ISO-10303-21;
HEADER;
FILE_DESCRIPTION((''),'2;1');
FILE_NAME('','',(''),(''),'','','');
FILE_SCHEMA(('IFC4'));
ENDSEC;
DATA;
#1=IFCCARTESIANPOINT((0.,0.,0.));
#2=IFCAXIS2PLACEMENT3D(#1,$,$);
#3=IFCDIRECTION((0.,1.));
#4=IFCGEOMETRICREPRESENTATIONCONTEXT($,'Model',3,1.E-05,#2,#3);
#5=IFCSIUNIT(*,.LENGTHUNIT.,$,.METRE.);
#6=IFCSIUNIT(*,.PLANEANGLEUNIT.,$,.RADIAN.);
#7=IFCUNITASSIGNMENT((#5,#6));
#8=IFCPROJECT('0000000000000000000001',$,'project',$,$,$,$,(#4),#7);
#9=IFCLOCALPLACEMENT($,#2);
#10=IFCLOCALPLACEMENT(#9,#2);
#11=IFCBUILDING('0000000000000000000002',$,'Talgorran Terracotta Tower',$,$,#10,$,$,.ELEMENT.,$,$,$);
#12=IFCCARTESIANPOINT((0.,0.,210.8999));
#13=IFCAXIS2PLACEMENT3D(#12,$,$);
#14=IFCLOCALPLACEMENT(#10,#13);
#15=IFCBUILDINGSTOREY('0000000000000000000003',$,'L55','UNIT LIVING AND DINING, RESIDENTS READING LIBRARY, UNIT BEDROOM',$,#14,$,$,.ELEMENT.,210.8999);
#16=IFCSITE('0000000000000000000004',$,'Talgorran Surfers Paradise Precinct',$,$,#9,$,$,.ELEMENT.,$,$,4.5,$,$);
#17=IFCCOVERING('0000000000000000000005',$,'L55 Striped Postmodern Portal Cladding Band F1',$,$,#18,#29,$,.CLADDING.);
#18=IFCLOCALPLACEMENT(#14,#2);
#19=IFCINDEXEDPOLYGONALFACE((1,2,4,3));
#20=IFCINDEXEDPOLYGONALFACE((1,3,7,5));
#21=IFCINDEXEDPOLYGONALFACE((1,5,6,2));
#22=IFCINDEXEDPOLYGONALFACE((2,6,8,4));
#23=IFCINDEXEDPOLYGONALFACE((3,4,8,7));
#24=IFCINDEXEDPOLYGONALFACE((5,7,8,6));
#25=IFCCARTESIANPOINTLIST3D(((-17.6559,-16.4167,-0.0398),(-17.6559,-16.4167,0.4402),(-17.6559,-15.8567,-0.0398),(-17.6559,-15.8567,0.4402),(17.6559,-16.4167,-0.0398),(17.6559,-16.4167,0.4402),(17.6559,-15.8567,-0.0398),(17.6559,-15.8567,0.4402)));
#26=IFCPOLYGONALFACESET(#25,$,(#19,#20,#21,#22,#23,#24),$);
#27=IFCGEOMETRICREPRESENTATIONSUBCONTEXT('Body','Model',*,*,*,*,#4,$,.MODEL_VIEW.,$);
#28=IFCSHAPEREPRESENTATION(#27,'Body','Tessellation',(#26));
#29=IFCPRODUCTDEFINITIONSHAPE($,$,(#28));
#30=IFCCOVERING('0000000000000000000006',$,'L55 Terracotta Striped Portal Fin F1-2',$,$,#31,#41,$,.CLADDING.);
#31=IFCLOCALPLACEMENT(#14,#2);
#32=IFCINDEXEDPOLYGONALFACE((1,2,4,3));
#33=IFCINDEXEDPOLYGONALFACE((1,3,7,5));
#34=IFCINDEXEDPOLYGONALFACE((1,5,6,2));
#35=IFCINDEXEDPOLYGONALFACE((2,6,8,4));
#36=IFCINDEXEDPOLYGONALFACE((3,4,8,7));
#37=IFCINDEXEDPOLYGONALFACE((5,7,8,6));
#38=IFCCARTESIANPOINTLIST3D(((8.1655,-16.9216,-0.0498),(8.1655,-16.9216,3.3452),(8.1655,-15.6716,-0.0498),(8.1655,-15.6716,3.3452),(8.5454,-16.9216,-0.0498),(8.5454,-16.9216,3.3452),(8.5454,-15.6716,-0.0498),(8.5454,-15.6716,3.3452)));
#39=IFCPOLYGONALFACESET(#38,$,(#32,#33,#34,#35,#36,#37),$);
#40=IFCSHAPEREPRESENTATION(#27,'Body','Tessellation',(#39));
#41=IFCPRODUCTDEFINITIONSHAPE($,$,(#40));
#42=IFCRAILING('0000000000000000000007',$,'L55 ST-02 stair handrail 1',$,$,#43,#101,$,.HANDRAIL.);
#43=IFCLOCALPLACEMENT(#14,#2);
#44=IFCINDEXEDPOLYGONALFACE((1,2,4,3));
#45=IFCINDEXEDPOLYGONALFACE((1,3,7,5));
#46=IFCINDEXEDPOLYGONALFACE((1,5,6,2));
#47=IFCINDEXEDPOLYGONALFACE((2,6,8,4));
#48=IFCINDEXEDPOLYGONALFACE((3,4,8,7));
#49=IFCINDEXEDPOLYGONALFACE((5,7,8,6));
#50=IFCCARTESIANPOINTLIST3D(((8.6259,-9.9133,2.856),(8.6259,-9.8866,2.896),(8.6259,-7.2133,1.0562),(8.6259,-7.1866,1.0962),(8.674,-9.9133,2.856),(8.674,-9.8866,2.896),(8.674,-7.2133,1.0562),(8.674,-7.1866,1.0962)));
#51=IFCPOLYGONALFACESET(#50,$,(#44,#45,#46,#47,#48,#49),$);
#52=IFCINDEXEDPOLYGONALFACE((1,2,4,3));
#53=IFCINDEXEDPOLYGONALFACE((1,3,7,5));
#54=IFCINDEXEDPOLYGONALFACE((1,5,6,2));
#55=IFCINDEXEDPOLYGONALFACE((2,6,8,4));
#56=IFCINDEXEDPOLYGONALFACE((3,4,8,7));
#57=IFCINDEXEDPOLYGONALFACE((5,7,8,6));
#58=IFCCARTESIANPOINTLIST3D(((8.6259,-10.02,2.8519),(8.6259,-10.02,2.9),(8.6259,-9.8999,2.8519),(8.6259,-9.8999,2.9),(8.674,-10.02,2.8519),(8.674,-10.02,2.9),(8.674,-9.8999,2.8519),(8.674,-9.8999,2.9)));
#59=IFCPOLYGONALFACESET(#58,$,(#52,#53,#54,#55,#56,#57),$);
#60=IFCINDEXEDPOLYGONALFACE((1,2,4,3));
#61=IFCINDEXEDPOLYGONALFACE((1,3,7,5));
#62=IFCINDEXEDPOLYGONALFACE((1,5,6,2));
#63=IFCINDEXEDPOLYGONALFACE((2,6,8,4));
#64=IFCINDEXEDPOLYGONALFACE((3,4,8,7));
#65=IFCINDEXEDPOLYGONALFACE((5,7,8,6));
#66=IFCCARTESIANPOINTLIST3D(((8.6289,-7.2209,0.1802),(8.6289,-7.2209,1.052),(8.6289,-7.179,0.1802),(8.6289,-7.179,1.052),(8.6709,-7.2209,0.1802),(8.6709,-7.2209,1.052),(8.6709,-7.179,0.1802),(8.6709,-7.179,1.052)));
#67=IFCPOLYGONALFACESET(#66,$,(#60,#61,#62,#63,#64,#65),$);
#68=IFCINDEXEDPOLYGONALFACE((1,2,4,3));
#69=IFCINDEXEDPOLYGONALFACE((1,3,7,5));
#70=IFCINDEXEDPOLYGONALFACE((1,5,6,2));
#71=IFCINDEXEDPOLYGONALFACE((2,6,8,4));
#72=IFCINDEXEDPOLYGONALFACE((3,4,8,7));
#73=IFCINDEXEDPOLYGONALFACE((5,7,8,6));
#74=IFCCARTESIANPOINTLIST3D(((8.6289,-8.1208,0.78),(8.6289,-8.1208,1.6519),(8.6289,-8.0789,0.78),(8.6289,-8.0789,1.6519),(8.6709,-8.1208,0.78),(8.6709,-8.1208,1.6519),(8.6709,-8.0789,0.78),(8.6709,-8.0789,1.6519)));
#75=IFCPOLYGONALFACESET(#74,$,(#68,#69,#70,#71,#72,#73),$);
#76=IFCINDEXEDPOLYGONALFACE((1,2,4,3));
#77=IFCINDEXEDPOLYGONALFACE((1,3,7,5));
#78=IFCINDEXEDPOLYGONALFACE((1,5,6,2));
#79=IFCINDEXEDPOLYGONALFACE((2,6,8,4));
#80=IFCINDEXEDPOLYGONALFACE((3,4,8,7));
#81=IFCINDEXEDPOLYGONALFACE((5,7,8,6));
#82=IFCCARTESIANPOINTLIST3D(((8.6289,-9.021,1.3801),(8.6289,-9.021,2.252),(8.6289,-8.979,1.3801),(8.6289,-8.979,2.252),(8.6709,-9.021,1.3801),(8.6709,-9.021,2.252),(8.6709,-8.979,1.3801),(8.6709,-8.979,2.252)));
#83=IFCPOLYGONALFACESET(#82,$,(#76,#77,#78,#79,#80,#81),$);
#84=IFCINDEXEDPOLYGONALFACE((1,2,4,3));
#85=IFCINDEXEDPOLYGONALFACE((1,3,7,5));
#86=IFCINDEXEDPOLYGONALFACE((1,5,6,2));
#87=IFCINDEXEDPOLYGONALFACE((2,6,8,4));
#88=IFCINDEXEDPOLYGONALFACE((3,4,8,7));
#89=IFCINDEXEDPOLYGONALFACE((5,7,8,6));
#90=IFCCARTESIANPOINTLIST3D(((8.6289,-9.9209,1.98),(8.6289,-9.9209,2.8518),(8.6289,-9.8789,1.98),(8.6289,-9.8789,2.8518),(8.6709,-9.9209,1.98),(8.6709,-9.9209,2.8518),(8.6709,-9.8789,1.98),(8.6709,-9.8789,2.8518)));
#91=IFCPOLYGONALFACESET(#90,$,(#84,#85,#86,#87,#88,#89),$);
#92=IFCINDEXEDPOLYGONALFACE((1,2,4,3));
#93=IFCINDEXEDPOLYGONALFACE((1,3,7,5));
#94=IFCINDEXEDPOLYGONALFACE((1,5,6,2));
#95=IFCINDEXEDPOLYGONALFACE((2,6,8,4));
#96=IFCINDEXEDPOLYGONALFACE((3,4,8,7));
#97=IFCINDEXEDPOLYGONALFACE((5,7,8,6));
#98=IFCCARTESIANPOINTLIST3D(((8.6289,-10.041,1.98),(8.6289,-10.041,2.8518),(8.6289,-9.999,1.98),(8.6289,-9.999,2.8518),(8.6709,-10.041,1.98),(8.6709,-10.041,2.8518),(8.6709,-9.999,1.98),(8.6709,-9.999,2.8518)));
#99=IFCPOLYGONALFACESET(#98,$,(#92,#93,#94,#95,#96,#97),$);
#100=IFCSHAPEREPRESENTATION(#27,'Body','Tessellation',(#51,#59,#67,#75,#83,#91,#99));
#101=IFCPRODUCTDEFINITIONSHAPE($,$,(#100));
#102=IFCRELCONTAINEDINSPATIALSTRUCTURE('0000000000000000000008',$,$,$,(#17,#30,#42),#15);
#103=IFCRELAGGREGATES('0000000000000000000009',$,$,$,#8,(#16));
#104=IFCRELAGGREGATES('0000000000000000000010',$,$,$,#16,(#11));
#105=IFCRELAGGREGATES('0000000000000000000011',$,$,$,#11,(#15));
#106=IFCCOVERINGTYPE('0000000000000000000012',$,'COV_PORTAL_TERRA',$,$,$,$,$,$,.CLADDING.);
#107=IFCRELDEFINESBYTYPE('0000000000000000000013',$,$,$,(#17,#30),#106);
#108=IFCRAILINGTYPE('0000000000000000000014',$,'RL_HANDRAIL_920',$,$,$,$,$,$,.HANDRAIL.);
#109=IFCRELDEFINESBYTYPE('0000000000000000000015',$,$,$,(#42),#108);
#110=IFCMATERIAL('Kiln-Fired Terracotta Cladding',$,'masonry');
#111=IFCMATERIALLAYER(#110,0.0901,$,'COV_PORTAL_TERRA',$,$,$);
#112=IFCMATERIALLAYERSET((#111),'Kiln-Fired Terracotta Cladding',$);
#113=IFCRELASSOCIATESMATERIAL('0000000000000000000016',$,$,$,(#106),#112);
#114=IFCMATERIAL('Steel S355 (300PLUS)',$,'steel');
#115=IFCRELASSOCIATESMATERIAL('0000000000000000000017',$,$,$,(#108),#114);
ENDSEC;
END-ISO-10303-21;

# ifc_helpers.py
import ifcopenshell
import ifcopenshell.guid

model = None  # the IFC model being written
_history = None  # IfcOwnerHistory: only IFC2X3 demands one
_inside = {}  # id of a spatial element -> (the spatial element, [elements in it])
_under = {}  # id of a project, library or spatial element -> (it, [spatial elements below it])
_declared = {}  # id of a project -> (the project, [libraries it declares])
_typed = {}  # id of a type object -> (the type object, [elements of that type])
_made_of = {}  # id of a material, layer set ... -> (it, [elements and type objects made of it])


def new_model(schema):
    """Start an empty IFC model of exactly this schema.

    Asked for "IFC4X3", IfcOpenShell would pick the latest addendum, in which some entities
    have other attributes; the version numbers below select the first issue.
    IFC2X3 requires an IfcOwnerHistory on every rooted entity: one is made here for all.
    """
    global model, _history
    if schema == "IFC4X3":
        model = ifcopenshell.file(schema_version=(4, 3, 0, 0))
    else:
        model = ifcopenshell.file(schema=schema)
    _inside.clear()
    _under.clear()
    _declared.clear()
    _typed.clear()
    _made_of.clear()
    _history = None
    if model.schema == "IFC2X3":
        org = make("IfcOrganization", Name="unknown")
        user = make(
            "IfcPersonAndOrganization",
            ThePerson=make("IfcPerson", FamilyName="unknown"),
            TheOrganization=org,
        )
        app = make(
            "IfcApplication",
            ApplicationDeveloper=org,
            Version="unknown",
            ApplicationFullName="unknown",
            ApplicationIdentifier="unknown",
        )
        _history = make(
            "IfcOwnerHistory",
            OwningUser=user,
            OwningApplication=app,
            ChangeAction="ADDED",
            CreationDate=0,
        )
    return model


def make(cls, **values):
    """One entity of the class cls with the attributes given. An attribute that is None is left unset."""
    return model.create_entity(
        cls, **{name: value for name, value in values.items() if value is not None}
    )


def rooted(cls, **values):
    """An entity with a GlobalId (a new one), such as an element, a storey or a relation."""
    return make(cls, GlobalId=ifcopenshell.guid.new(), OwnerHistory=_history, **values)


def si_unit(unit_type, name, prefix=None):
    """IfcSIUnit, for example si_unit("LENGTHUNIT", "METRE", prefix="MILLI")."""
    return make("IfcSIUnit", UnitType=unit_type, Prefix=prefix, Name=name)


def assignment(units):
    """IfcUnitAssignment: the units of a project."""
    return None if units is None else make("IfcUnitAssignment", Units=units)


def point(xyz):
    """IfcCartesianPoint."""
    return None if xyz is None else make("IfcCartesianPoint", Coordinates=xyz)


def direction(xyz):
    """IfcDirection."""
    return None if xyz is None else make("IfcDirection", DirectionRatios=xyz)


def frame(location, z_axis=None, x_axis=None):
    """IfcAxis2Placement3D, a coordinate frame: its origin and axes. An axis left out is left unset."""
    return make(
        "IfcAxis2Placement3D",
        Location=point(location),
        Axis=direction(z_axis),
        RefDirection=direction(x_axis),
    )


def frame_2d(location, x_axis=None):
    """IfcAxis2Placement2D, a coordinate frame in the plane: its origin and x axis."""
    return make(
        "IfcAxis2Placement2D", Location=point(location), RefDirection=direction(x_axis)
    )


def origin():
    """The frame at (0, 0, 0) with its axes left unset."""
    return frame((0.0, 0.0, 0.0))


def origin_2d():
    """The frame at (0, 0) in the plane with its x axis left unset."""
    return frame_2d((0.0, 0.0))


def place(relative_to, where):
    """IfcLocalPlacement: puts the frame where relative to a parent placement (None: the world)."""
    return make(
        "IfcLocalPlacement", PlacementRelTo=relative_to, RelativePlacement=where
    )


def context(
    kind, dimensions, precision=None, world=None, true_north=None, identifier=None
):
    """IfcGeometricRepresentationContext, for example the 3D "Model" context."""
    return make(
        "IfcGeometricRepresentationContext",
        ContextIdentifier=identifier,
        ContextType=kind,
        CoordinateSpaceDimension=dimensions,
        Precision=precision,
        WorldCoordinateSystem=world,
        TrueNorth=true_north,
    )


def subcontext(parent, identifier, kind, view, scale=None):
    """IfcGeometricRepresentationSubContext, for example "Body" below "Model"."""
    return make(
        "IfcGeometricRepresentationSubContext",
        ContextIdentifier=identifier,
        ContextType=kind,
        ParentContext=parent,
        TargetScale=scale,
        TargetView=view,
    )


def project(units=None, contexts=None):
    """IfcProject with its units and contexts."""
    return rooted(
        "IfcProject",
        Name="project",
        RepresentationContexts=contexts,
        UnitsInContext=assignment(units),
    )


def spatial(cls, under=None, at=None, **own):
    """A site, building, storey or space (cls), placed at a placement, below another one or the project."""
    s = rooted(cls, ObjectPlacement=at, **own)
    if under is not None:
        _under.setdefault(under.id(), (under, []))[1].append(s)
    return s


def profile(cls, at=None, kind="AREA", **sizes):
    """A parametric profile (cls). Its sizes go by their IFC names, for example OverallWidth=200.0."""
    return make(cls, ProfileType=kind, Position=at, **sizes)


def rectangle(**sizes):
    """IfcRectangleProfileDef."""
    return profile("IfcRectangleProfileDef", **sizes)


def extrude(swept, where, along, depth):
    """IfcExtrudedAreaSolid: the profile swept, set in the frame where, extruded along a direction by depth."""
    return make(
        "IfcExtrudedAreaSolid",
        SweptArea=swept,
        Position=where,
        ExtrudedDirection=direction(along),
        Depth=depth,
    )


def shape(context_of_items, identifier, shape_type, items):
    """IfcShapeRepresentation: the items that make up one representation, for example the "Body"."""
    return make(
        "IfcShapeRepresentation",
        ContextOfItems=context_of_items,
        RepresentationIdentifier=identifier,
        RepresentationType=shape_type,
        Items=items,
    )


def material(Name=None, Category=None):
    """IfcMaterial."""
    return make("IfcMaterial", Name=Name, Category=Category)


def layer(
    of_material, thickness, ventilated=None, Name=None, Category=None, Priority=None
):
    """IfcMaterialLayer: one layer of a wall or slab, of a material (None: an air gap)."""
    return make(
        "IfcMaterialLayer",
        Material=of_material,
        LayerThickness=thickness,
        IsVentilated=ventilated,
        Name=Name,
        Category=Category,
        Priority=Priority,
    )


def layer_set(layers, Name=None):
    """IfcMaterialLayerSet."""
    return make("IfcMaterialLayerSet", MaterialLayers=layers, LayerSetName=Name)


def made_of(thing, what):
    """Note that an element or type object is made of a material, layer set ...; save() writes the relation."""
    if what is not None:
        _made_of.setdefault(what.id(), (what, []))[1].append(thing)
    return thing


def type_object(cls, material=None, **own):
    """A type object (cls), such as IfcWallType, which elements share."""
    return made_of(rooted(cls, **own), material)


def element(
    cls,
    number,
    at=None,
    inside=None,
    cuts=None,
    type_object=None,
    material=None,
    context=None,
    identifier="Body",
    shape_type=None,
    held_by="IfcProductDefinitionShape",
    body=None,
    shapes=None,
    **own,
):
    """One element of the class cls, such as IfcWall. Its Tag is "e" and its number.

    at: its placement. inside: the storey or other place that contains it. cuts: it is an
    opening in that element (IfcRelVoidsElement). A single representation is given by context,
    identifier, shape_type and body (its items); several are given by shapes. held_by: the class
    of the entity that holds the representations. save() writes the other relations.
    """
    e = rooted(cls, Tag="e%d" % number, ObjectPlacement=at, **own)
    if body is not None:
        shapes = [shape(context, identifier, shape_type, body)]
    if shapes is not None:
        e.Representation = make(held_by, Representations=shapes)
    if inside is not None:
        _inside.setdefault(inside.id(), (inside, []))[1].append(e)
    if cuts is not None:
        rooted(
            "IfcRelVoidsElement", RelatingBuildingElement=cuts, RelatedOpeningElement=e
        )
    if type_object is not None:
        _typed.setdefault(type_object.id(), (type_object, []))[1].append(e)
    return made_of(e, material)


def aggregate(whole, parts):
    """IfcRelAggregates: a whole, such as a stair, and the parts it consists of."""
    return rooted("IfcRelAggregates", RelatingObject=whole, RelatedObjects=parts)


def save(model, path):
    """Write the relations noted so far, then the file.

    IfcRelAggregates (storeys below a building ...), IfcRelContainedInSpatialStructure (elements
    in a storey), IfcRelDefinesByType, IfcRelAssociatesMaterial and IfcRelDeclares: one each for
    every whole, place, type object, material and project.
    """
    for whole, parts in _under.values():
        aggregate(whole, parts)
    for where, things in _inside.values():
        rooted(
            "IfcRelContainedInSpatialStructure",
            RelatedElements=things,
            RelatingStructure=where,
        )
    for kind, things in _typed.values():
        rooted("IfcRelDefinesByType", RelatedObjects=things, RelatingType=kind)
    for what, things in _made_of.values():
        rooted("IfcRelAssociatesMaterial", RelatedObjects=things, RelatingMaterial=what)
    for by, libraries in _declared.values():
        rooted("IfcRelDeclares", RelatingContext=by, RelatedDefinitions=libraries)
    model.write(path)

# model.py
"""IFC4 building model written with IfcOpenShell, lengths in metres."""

from ifc_helpers import new_model, si_unit, direction, frame, origin, origin_2d, place, context, subcontext, project, spatial, rectangle, extrude, material, layer, layer_set, type_object, element, save


model = new_model("IFC4")

# Units and contexts
model_context = context("Model", 3, precision=1e-05, world=origin(), true_north=direction((0.0, 1.0)))
body_context = subcontext(model_context, "Body", "Model", "MODEL_VIEW")
ifc_project = project(units=[si_unit("LENGTHUNIT", "METRE"), si_unit("PLANEANGLEUNIT", "RADIAN")], contexts=[model_context])

# Site, building, storey
site_placement = place(None, origin())
site = spatial("IfcSite", under=ifc_project, at=site_placement, Name="Talgorran Surfers Paradise Precinct", CompositionType="ELEMENT", RefElevation=4.5)
building_placement = place(site_placement, origin())
building = spatial("IfcBuilding", under=site, at=building_placement, Name="Talgorran Terracotta Tower", CompositionType="ELEMENT")
storey_placement = place(building_placement, frame((0.0, 0.0, 210.8999)))
storey = spatial("IfcBuildingStorey", under=building, at=storey_placement, Name="L55", Description="UNIT LIVING AND DINING, RESIDENTS READING LIBRARY, UNIT BEDROOM", CompositionType="ELEMENT", Elevation=210.8999)

# Coverings
ifc_material_1 = material(Name="Kiln-Fired Terracotta Cladding", Category="masonry")
ifc_layer_1 = layer(ifc_material_1, 0.0901, Name="COV_PORTAL_TERRA")
ifc_layer_set_1 = layer_set([ifc_layer_1], Name="Kiln-Fired Terracotta Cladding")
covering_type_1 = type_object("IfcCoveringType", Name="COV_PORTAL_TERRA", PredefinedType="CLADDING", material=ifc_layer_set_1)
covering_1_placement = place(storey_placement, frame((0.0, -16.1367, -0.0398), z_axis=(0.0, 0.0, 1.0), x_axis=(1.0, 0.0, 0.0)))
element("IfcCovering", 1, at=covering_1_placement, inside=storey, type_object=covering_type_1, Name="L55 Striped Postmodern Portal Cladding Band F1", PredefinedType="CLADDING", context=body_context, shape_type="SweptSolid", body=[
    extrude(rectangle(XDim=35.3118, YDim=0.5601, at=origin_2d()), origin(), (0.0, 0.0, 1.0), 0.48),
])
covering_2_placement = place(storey_placement, frame((8.3555, -16.2966, -0.0498), z_axis=(0.0, 0.0, 1.0), x_axis=(1.0, 0.0, 0.0)))
element("IfcCovering", 2, at=covering_2_placement, inside=storey, type_object=covering_type_1, Name="L55 Terracotta Striped Portal Fin F1-2", PredefinedType="CLADDING", context=body_context, shape_type="SweptSolid", body=[
    extrude(rectangle(XDim=0.3799, YDim=1.25, at=origin_2d()), origin(), (0.0, 0.0, 1.0), 3.395),
])

# Railing
ifc_material_2 = material(Name="Steel S355 (300PLUS)", Category="steel")
railing_type = type_object("IfcRailingType", Name="RL_HANDRAIL_920", PredefinedType="HANDRAIL", material=ifc_material_2)
railing_placement = place(storey_placement, frame((8.6499, -7.2, 0.1802)))
element("IfcRailing", 3, at=railing_placement, inside=storey, type_object=railing_type, Name="L55 ST-02 stair handrail 1", PredefinedType="HANDRAIL", context=body_context, shape_type="SweptSolid", body=[
    extrude(rectangle(XDim=0.0481, YDim=0.0481, at=origin_2d()), frame((0.0, 0.0, 0.896), z_axis=(0.0, -0.832073, 0.554665), x_axis=(1.0, 0.0, 0.0)), (0.0, 0.0, 1.0), 3.2449),
    extrude(rectangle(XDim=0.0481, YDim=0.0481, at=origin_2d()), frame((0.0, -2.7, 2.6958), z_axis=(0.0, -1.0, 0.0), x_axis=(1.0, 0.0, 0.0)), (0.0, 0.0, 1.0), 0.1201),
    extrude(rectangle(XDim=0.042, YDim=0.042, at=origin_2d()), origin(), (0.0, 0.0, 1.0), 0.8718),
    extrude(rectangle(XDim=0.042, YDim=0.042, at=origin_2d()), frame((0.0, -0.8999, 0.5999)), (0.0, 0.0, 1.0), 0.8718),
    extrude(rectangle(XDim=0.042, YDim=0.042, at=origin_2d()), frame((0.0, -1.8, 1.2)), (0.0, 0.0, 1.0), 0.8718),
    extrude(rectangle(XDim=0.042, YDim=0.042, at=origin_2d()), frame((0.0, -2.7, 1.7998)), (0.0, 0.0, 1.0), 0.8718),
    extrude(rectangle(XDim=0.042, YDim=0.042, at=origin_2d()), frame((0.0, -2.8201, 1.7998)), (0.0, 0.0, 1.0), 0.8718),
])

save(model, "model.ifc")
